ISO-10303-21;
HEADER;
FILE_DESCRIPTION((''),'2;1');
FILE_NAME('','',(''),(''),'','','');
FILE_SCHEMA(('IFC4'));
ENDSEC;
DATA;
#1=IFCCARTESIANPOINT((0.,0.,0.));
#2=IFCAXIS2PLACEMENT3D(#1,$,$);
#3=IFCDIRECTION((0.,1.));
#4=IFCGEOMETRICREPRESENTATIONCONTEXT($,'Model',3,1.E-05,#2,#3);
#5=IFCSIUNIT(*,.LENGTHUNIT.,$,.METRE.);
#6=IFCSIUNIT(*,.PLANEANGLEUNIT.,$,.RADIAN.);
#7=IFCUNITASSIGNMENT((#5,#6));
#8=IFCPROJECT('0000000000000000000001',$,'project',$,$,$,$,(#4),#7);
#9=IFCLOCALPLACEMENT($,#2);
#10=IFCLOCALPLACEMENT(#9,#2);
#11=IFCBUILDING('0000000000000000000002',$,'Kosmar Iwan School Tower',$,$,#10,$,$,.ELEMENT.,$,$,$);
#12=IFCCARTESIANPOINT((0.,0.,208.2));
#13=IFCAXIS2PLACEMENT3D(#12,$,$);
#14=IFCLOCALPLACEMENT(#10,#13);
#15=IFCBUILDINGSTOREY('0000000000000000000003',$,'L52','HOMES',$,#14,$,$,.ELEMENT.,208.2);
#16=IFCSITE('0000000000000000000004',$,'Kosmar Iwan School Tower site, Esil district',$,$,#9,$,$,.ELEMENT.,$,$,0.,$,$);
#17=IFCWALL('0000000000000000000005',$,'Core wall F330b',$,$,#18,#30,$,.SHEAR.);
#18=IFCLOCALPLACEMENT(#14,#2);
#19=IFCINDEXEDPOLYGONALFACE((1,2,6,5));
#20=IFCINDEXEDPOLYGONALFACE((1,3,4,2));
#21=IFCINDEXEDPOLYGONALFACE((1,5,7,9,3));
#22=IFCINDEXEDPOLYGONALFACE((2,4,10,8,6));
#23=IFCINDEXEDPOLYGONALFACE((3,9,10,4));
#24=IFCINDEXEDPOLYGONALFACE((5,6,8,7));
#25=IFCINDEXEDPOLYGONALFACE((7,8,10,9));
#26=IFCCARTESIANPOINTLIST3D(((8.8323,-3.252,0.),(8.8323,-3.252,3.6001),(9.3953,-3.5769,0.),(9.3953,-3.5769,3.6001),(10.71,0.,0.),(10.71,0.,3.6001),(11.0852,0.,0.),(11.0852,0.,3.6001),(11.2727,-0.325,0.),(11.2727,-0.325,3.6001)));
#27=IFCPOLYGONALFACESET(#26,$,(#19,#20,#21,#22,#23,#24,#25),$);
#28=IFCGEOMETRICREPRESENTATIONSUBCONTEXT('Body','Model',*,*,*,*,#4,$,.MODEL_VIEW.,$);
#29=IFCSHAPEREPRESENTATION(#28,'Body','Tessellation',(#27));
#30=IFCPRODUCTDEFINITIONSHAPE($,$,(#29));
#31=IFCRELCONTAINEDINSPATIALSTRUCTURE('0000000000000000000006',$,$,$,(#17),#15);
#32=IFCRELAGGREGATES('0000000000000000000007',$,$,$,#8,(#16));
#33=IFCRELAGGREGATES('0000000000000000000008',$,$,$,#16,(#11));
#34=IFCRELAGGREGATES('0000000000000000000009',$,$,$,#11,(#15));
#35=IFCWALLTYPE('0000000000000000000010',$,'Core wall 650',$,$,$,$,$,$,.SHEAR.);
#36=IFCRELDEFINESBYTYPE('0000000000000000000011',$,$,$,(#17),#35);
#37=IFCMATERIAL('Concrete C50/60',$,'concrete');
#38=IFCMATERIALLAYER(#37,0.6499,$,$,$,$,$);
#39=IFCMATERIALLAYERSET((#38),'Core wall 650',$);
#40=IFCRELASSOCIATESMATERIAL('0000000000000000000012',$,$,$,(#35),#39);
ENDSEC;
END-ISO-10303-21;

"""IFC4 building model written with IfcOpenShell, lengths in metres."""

from ifc_helpers import new_model, si_unit, direction, frame, origin, place, context, subcontext, project, spatial, polyline, outline, extrude, material, layer, layer_set, type_object, element, save


model = new_model("IFC4")

# Units and contexts
model_context = context("Model", 3, precision=1e-05, world=origin(), true_north=direction((0.0, 1.0)))
body_context = subcontext(model_context, "Body", "Model", "MODEL_VIEW")
ifc_project = project(units=[si_unit("LENGTHUNIT", "METRE"), si_unit("PLANEANGLEUNIT", "RADIAN")], contexts=[model_context])

# Site, building, storey
site_placement = place(None, origin())
site = spatial("IfcSite", under=ifc_project, at=site_placement, Name="Kosmar Iwan School Tower site, Esil district", CompositionType="ELEMENT", RefElevation=0.0)
building_placement = place(site_placement, origin())
building = spatial("IfcBuilding", under=site, at=building_placement, Name="Kosmar Iwan School Tower", CompositionType="ELEMENT")
storey_placement = place(building_placement, frame((0.0, 0.0, 208.2)))
storey = spatial("IfcBuildingStorey", under=building, at=storey_placement, Name="L52", Description="HOMES", CompositionType="ELEMENT", Elevation=208.2)

# Wall
ifc_material_1 = material(Name="Concrete C50/60", Category="concrete")
ifc_layer_1 = layer(ifc_material_1, 0.6499)
ifc_layer_set_1 = layer_set([ifc_layer_1], Name="Core wall 650")
wall_type = type_object("IfcWallType", Name="Core wall 650", PredefinedType="SHEAR", material=ifc_layer_set_1)
wall_1_placement = place(storey_placement, origin())
element("IfcWall", 1, at=wall_1_placement, inside=storey, type_object=wall_type, Name="Core wall F330b", PredefinedType="SHEAR", context=body_context, shape_type="SweptSolid", body=[
    extrude(outline(polyline([(9.3953, -3.5769), (11.2727, -0.325), (11.0852, 0.0), (10.71, 0.0), (8.8323, -3.252), (9.3953, -3.5769)])), origin(), (0.0, 0.0, 1.0), 3.6001),
])

save(model, "model.ifc")
